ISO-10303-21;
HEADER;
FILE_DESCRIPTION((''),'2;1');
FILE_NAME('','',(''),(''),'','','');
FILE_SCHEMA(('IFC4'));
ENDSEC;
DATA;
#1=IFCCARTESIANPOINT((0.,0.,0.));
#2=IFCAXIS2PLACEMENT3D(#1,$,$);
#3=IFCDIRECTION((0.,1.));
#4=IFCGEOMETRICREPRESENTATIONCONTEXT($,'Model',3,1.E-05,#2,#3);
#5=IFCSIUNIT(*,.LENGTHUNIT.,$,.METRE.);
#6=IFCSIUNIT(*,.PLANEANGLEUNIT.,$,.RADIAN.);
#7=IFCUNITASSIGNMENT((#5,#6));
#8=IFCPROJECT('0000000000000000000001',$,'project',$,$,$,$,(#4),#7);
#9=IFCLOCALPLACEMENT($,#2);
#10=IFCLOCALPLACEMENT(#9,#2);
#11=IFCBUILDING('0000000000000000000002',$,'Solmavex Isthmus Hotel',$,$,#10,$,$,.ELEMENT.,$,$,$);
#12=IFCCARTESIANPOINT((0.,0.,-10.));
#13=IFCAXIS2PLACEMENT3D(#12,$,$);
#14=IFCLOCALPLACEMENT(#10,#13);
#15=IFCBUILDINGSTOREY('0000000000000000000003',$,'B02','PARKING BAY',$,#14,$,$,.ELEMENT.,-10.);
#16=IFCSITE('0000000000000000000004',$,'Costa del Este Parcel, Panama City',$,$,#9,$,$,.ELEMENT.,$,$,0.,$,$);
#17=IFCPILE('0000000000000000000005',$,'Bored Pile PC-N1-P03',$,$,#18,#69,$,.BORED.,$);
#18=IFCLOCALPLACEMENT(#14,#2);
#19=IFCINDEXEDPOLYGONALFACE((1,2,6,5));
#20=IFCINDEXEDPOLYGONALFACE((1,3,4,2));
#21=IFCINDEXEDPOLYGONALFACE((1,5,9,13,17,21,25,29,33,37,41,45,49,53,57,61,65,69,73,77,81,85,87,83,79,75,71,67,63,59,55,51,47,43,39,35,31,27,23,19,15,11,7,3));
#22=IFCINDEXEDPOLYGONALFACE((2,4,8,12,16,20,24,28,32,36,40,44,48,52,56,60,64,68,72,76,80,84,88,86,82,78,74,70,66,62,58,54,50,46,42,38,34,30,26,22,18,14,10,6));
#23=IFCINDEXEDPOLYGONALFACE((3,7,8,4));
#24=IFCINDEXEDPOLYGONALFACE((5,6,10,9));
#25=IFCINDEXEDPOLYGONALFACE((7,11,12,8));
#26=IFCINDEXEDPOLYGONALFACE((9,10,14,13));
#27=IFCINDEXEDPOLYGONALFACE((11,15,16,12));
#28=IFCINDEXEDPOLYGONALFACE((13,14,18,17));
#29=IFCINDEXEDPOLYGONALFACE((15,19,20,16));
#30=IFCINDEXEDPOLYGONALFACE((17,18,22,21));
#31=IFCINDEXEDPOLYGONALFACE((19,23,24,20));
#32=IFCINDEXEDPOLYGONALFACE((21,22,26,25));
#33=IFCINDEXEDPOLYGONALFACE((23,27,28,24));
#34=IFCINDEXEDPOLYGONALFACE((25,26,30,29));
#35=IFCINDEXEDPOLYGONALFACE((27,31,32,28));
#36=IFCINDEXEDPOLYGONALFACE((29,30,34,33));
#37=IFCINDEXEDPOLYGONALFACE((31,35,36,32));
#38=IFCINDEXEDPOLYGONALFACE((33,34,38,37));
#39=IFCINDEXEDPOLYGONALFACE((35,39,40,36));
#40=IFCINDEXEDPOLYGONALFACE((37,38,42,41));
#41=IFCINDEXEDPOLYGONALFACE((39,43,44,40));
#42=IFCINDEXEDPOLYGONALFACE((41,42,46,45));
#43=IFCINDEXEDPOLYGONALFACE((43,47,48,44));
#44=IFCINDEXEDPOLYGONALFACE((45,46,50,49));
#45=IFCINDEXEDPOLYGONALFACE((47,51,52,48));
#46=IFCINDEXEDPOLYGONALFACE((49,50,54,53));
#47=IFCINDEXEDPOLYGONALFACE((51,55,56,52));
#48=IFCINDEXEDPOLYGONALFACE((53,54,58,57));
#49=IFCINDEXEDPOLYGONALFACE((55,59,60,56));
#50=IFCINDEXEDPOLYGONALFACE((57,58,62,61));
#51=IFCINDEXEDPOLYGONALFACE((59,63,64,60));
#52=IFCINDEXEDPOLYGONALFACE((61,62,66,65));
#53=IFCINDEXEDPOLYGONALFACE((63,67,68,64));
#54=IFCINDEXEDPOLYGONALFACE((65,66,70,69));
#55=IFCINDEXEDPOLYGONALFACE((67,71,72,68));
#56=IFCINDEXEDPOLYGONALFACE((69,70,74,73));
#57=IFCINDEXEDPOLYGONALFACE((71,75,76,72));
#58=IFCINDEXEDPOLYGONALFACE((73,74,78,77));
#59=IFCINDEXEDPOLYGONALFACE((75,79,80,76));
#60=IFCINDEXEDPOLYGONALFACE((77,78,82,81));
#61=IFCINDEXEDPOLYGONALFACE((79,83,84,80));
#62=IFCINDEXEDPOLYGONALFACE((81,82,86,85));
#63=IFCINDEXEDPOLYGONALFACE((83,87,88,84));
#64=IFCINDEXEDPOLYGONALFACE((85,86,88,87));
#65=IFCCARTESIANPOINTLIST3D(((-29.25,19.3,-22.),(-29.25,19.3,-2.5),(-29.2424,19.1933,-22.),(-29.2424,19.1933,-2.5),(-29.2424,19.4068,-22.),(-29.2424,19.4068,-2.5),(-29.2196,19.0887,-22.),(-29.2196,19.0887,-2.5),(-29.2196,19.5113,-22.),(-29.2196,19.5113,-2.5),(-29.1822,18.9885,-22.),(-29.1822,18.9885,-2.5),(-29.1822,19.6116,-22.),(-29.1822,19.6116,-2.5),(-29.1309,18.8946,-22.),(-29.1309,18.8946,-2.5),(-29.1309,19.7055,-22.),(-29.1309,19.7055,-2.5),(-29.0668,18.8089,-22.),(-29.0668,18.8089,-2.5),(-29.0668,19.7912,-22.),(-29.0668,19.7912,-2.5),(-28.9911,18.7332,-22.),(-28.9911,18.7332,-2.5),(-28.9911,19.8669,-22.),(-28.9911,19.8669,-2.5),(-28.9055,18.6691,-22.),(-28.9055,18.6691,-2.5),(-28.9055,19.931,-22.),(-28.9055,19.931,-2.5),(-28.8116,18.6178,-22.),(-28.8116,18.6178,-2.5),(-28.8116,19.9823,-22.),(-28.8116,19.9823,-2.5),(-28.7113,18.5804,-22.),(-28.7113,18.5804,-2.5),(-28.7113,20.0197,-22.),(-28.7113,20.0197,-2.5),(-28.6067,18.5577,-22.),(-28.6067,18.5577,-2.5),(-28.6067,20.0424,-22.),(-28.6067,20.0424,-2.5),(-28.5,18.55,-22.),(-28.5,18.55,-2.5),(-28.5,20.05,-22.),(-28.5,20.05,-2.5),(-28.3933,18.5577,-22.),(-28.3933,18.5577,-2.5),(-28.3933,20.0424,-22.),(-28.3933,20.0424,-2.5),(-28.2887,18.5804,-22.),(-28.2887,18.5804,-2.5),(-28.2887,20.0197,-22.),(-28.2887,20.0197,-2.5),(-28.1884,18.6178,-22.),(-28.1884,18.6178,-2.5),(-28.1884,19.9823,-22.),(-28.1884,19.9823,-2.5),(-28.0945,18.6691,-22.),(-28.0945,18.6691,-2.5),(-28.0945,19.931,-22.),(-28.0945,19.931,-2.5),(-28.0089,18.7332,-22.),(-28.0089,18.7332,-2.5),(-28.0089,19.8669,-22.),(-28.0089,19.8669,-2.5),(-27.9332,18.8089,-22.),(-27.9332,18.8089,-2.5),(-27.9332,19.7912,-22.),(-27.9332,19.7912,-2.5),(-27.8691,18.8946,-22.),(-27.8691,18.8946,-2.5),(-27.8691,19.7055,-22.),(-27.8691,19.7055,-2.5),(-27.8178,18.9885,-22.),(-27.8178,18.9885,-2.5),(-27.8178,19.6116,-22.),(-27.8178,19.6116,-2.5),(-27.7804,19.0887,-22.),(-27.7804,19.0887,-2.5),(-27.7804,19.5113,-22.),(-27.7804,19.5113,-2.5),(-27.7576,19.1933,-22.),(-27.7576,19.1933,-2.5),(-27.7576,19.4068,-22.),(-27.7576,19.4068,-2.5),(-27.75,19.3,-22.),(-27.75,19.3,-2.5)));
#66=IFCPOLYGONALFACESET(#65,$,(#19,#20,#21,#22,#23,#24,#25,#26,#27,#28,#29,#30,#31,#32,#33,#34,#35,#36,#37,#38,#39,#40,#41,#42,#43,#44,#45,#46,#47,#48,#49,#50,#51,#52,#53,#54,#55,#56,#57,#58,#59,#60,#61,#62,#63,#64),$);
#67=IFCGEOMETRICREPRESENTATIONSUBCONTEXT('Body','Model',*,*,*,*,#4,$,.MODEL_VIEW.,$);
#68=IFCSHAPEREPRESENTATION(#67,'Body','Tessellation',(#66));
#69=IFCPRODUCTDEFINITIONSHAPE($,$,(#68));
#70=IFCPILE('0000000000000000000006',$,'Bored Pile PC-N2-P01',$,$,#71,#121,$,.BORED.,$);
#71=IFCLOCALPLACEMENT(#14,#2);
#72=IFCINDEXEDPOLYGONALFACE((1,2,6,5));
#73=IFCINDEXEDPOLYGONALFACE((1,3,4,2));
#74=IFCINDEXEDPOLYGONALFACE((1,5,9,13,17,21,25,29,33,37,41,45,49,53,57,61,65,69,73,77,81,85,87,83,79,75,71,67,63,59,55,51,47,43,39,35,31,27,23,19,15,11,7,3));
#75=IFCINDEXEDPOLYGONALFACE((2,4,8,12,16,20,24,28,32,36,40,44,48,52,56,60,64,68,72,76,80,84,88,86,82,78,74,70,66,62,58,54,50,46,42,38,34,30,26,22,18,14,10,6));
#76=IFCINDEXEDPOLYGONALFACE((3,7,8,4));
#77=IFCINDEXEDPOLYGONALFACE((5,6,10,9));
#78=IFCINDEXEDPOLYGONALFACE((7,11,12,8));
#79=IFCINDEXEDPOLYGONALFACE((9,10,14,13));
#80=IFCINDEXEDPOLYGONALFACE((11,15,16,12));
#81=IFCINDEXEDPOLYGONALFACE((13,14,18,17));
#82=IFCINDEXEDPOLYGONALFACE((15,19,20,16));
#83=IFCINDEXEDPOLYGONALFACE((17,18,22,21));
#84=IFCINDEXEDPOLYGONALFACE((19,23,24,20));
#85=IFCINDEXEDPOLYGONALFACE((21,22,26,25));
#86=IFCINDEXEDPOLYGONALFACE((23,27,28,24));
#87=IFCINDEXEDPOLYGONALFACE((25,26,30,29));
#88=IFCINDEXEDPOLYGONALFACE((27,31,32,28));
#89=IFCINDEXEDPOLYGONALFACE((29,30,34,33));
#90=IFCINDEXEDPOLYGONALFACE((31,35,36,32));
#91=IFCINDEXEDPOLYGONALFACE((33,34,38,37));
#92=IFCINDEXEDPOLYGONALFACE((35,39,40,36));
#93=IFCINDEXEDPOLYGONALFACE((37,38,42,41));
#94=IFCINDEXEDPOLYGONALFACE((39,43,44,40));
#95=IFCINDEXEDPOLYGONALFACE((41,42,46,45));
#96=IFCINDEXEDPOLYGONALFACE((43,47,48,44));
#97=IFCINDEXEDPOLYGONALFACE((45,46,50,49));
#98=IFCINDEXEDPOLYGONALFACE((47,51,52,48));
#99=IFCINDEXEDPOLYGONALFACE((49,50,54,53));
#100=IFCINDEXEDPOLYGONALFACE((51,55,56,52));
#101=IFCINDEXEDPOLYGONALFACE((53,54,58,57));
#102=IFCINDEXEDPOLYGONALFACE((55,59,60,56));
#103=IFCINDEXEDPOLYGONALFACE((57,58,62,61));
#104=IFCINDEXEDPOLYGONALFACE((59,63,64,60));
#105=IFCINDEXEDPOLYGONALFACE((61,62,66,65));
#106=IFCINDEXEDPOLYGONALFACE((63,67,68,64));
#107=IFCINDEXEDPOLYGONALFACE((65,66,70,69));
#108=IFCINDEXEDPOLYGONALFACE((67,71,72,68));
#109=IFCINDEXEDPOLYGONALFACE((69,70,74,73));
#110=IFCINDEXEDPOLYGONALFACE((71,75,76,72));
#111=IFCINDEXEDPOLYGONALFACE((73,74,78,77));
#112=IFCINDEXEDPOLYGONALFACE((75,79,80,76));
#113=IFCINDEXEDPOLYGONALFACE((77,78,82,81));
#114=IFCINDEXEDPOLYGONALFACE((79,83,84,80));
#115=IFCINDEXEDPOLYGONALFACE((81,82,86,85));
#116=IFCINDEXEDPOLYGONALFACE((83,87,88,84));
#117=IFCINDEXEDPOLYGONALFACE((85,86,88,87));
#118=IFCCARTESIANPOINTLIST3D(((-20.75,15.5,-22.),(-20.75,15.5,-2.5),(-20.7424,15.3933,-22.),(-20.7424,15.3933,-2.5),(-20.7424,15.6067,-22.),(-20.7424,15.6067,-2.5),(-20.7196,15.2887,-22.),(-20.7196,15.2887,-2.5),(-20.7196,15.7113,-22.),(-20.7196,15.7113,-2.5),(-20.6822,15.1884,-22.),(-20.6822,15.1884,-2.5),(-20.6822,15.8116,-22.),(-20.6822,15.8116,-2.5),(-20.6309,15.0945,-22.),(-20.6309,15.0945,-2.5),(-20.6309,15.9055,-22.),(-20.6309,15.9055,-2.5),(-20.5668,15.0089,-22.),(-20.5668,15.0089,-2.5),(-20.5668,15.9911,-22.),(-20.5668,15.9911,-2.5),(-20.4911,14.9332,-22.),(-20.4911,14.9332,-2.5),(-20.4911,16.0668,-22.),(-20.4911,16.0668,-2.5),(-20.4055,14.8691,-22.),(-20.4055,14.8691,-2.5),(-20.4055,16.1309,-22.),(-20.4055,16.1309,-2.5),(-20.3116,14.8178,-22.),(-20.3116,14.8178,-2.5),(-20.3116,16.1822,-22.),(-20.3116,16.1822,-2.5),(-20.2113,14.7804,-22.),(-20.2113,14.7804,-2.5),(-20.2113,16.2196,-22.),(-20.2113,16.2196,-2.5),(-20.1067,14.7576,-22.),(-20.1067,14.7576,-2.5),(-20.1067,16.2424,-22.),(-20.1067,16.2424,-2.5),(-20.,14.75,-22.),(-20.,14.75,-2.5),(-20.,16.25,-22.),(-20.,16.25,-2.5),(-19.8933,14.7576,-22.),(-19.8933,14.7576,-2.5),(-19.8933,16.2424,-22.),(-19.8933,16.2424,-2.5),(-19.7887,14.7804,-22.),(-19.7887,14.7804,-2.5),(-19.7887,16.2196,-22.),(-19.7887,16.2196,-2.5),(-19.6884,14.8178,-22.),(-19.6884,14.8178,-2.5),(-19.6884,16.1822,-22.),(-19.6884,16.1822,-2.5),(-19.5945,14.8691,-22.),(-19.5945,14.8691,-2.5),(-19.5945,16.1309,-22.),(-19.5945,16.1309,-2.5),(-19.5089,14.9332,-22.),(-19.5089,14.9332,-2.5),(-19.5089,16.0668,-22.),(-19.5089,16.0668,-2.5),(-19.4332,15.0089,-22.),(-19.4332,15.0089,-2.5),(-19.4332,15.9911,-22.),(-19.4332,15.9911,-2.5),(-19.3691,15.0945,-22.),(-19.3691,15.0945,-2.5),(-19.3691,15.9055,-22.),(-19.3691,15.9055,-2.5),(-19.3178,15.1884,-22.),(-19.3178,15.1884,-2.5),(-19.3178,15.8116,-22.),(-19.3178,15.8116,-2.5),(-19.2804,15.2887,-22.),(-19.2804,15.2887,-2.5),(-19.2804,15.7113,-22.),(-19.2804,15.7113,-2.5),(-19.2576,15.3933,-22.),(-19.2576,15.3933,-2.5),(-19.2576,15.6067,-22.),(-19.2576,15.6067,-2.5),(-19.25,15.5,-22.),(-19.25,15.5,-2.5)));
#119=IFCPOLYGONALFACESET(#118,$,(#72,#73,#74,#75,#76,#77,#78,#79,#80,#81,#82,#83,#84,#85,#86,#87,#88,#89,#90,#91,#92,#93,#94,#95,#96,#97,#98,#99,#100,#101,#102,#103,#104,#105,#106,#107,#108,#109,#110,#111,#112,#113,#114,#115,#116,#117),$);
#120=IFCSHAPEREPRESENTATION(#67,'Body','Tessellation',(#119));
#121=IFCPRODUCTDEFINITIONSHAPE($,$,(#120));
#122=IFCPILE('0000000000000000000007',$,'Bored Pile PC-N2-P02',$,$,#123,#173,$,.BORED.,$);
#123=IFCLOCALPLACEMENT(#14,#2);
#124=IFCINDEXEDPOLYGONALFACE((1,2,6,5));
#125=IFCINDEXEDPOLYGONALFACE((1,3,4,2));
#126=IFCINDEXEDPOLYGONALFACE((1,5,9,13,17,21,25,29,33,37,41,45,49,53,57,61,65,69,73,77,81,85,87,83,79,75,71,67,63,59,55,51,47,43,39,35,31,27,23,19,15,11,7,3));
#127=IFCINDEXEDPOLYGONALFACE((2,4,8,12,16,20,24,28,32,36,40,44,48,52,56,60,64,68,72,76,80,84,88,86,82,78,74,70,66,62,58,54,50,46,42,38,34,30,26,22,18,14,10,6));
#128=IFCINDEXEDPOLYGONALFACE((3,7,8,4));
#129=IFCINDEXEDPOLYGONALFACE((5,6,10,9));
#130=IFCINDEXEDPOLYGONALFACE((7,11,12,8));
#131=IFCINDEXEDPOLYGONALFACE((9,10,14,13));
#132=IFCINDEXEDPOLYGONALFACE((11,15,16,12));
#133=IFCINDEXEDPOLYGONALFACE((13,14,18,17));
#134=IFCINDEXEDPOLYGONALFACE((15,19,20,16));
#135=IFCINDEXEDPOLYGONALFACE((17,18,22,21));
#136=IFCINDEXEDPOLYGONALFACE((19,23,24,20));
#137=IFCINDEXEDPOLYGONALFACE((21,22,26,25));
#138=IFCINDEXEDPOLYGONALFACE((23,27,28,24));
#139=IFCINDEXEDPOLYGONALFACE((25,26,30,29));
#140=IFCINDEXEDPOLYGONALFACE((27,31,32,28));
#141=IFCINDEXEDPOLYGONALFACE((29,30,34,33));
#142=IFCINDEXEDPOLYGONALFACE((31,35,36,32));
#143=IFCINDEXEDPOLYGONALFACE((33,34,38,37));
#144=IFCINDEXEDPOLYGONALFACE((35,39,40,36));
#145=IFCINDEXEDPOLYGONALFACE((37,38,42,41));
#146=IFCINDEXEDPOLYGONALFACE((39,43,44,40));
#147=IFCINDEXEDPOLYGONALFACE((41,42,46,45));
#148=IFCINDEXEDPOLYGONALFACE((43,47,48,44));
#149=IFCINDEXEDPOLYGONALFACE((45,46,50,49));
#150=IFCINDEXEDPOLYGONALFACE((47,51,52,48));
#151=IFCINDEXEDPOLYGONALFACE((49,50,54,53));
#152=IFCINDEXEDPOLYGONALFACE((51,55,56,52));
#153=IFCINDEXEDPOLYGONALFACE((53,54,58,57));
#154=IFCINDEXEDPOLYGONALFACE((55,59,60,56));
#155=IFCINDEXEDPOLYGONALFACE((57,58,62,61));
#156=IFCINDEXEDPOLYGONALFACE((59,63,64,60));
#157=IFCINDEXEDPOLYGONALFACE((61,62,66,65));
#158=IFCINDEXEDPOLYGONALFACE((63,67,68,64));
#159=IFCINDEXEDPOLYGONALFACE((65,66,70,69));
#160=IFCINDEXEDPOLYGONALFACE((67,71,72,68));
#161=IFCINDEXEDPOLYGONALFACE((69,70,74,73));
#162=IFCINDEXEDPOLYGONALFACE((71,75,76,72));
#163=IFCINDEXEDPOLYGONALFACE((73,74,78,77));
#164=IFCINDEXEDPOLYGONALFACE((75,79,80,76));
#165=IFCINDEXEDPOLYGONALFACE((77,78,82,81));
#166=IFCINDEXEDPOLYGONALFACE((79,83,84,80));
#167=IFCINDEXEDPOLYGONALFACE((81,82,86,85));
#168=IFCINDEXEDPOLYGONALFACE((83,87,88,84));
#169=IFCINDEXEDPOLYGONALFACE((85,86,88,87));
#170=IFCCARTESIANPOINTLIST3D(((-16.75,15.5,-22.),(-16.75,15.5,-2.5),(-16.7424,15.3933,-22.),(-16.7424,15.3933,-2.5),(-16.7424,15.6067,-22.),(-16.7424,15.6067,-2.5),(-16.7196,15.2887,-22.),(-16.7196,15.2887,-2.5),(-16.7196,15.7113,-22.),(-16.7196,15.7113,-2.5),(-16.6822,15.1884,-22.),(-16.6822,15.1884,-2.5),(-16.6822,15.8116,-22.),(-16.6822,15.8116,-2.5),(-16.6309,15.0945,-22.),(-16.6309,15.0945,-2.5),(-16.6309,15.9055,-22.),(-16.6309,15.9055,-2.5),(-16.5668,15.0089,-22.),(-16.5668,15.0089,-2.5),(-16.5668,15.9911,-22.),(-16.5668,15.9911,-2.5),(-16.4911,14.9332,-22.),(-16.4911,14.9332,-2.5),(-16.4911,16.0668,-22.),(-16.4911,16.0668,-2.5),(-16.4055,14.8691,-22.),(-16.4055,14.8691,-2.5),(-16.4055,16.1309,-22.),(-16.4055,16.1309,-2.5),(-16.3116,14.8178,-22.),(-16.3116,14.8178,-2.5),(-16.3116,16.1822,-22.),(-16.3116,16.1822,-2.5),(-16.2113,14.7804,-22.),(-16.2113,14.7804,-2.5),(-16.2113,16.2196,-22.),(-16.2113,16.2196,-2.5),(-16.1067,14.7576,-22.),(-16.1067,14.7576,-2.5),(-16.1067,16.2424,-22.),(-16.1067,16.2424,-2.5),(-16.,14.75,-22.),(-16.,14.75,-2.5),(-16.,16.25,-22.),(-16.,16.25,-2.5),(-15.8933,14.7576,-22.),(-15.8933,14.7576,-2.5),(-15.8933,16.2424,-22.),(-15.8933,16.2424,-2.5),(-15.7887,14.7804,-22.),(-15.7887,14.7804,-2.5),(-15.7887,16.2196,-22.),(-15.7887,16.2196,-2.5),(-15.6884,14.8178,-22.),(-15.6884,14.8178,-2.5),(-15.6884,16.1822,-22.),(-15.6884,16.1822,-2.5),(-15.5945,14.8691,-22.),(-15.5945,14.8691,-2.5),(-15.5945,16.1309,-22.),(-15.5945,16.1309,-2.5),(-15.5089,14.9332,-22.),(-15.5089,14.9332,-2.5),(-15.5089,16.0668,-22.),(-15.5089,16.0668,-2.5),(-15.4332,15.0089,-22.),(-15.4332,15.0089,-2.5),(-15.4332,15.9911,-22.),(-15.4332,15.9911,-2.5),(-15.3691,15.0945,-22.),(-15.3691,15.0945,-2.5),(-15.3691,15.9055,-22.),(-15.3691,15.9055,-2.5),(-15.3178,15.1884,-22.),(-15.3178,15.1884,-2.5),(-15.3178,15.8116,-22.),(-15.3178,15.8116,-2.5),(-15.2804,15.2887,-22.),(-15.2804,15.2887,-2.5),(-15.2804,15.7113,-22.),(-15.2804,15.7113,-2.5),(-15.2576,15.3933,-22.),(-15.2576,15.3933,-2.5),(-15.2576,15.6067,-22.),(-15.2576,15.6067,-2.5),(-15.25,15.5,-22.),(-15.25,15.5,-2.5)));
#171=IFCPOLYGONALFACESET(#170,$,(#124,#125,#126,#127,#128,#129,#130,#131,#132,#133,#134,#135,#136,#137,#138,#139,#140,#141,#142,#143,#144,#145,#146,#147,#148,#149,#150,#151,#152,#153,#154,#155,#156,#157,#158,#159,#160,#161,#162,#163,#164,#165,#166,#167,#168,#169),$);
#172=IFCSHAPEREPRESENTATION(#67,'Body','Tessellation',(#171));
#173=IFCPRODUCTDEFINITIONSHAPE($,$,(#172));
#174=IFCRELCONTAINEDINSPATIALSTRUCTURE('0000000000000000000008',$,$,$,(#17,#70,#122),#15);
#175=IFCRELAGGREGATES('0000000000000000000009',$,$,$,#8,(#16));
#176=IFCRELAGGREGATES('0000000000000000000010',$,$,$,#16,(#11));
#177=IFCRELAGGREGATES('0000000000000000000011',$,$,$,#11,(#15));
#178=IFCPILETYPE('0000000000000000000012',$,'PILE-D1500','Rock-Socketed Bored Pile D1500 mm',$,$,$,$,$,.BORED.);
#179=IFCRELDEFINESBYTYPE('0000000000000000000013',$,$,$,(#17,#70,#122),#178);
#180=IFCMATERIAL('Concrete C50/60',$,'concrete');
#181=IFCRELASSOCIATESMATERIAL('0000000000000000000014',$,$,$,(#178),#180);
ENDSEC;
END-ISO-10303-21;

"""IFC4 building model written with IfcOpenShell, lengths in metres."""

from ifc_helpers import new_model, si_unit, direction, frame, origin, origin_2d, place, context, subcontext, project, spatial, circle, extrude, material, material_profile, profile_set, type_object, element, save


model = new_model("IFC4")

# Units and contexts
model_context = context("Model", 3, precision=1e-05, world=origin(), true_north=direction((0.0, 1.0)))
body_context = subcontext(model_context, "Body", "Model", "MODEL_VIEW")
ifc_project = project(units=[si_unit("LENGTHUNIT", "METRE"), si_unit("PLANEANGLEUNIT", "RADIAN")], contexts=[model_context])

# Site, building, storey
site_placement = place(None, origin())
site = spatial("IfcSite", under=ifc_project, at=site_placement, Name="Costa del Este Parcel, Panama City", CompositionType="ELEMENT", RefElevation=0.0)
building_placement = place(site_placement, origin())
building = spatial("IfcBuilding", under=site, at=building_placement, Name="Solmavex Isthmus Hotel", CompositionType="ELEMENT")
storey_placement = place(building_placement, frame((0.0, 0.0, -10.0)))
storey = spatial("IfcBuildingStorey", under=building, at=storey_placement, Name="B02", Description="PARKING BAY", CompositionType="ELEMENT", Elevation=-10.0)

# Shared definitions
ifc_material_1 = material(Name="Concrete C50/60", Category="concrete")

# Piles
ifc_material_profile_1 = material_profile(ifc_material_1, circle(Radius=0.75, at=origin_2d()), Name="PILE1500")
ifc_profile_set_1 = profile_set([ifc_material_profile_1], Name="Concrete C50/60")
pile_type = type_object("IfcPileType", Name="PILE-D1500", Description="Rock-Socketed Bored Pile D1500 mm", PredefinedType="BORED", material=ifc_profile_set_1)
for number, where, z_axis, x_axis, name in (
    (1, (-28.5, 19.3, -2.5), (0.0, 0.0, -1.0), (1.0, 0.0, 0.0), "Bored Pile PC-N1-P03"),
    (2, (-20.0, 15.5, -2.5), (0.0, 0.0, -1.0), (1.0, 0.0, 0.0), "Bored Pile PC-N2-P01"),
    (3, (-16.0, 15.5, -2.5), (0.0, 0.0, -1.0), (1.0, 0.0, 0.0), "Bored Pile PC-N2-P02"),
):
    element("IfcPile", number, at=place(storey_placement, frame(where, z_axis=z_axis, x_axis=x_axis)), inside=storey, type_object=pile_type, Name=name, PredefinedType="BORED", context=body_context, shape_type="SweptSolid", body=[
        extrude(circle(Radius=0.75, at=origin_2d()), origin(), (0.0, 0.0, 1.0), 19.5),
    ])

save(model, "model.ifc")
